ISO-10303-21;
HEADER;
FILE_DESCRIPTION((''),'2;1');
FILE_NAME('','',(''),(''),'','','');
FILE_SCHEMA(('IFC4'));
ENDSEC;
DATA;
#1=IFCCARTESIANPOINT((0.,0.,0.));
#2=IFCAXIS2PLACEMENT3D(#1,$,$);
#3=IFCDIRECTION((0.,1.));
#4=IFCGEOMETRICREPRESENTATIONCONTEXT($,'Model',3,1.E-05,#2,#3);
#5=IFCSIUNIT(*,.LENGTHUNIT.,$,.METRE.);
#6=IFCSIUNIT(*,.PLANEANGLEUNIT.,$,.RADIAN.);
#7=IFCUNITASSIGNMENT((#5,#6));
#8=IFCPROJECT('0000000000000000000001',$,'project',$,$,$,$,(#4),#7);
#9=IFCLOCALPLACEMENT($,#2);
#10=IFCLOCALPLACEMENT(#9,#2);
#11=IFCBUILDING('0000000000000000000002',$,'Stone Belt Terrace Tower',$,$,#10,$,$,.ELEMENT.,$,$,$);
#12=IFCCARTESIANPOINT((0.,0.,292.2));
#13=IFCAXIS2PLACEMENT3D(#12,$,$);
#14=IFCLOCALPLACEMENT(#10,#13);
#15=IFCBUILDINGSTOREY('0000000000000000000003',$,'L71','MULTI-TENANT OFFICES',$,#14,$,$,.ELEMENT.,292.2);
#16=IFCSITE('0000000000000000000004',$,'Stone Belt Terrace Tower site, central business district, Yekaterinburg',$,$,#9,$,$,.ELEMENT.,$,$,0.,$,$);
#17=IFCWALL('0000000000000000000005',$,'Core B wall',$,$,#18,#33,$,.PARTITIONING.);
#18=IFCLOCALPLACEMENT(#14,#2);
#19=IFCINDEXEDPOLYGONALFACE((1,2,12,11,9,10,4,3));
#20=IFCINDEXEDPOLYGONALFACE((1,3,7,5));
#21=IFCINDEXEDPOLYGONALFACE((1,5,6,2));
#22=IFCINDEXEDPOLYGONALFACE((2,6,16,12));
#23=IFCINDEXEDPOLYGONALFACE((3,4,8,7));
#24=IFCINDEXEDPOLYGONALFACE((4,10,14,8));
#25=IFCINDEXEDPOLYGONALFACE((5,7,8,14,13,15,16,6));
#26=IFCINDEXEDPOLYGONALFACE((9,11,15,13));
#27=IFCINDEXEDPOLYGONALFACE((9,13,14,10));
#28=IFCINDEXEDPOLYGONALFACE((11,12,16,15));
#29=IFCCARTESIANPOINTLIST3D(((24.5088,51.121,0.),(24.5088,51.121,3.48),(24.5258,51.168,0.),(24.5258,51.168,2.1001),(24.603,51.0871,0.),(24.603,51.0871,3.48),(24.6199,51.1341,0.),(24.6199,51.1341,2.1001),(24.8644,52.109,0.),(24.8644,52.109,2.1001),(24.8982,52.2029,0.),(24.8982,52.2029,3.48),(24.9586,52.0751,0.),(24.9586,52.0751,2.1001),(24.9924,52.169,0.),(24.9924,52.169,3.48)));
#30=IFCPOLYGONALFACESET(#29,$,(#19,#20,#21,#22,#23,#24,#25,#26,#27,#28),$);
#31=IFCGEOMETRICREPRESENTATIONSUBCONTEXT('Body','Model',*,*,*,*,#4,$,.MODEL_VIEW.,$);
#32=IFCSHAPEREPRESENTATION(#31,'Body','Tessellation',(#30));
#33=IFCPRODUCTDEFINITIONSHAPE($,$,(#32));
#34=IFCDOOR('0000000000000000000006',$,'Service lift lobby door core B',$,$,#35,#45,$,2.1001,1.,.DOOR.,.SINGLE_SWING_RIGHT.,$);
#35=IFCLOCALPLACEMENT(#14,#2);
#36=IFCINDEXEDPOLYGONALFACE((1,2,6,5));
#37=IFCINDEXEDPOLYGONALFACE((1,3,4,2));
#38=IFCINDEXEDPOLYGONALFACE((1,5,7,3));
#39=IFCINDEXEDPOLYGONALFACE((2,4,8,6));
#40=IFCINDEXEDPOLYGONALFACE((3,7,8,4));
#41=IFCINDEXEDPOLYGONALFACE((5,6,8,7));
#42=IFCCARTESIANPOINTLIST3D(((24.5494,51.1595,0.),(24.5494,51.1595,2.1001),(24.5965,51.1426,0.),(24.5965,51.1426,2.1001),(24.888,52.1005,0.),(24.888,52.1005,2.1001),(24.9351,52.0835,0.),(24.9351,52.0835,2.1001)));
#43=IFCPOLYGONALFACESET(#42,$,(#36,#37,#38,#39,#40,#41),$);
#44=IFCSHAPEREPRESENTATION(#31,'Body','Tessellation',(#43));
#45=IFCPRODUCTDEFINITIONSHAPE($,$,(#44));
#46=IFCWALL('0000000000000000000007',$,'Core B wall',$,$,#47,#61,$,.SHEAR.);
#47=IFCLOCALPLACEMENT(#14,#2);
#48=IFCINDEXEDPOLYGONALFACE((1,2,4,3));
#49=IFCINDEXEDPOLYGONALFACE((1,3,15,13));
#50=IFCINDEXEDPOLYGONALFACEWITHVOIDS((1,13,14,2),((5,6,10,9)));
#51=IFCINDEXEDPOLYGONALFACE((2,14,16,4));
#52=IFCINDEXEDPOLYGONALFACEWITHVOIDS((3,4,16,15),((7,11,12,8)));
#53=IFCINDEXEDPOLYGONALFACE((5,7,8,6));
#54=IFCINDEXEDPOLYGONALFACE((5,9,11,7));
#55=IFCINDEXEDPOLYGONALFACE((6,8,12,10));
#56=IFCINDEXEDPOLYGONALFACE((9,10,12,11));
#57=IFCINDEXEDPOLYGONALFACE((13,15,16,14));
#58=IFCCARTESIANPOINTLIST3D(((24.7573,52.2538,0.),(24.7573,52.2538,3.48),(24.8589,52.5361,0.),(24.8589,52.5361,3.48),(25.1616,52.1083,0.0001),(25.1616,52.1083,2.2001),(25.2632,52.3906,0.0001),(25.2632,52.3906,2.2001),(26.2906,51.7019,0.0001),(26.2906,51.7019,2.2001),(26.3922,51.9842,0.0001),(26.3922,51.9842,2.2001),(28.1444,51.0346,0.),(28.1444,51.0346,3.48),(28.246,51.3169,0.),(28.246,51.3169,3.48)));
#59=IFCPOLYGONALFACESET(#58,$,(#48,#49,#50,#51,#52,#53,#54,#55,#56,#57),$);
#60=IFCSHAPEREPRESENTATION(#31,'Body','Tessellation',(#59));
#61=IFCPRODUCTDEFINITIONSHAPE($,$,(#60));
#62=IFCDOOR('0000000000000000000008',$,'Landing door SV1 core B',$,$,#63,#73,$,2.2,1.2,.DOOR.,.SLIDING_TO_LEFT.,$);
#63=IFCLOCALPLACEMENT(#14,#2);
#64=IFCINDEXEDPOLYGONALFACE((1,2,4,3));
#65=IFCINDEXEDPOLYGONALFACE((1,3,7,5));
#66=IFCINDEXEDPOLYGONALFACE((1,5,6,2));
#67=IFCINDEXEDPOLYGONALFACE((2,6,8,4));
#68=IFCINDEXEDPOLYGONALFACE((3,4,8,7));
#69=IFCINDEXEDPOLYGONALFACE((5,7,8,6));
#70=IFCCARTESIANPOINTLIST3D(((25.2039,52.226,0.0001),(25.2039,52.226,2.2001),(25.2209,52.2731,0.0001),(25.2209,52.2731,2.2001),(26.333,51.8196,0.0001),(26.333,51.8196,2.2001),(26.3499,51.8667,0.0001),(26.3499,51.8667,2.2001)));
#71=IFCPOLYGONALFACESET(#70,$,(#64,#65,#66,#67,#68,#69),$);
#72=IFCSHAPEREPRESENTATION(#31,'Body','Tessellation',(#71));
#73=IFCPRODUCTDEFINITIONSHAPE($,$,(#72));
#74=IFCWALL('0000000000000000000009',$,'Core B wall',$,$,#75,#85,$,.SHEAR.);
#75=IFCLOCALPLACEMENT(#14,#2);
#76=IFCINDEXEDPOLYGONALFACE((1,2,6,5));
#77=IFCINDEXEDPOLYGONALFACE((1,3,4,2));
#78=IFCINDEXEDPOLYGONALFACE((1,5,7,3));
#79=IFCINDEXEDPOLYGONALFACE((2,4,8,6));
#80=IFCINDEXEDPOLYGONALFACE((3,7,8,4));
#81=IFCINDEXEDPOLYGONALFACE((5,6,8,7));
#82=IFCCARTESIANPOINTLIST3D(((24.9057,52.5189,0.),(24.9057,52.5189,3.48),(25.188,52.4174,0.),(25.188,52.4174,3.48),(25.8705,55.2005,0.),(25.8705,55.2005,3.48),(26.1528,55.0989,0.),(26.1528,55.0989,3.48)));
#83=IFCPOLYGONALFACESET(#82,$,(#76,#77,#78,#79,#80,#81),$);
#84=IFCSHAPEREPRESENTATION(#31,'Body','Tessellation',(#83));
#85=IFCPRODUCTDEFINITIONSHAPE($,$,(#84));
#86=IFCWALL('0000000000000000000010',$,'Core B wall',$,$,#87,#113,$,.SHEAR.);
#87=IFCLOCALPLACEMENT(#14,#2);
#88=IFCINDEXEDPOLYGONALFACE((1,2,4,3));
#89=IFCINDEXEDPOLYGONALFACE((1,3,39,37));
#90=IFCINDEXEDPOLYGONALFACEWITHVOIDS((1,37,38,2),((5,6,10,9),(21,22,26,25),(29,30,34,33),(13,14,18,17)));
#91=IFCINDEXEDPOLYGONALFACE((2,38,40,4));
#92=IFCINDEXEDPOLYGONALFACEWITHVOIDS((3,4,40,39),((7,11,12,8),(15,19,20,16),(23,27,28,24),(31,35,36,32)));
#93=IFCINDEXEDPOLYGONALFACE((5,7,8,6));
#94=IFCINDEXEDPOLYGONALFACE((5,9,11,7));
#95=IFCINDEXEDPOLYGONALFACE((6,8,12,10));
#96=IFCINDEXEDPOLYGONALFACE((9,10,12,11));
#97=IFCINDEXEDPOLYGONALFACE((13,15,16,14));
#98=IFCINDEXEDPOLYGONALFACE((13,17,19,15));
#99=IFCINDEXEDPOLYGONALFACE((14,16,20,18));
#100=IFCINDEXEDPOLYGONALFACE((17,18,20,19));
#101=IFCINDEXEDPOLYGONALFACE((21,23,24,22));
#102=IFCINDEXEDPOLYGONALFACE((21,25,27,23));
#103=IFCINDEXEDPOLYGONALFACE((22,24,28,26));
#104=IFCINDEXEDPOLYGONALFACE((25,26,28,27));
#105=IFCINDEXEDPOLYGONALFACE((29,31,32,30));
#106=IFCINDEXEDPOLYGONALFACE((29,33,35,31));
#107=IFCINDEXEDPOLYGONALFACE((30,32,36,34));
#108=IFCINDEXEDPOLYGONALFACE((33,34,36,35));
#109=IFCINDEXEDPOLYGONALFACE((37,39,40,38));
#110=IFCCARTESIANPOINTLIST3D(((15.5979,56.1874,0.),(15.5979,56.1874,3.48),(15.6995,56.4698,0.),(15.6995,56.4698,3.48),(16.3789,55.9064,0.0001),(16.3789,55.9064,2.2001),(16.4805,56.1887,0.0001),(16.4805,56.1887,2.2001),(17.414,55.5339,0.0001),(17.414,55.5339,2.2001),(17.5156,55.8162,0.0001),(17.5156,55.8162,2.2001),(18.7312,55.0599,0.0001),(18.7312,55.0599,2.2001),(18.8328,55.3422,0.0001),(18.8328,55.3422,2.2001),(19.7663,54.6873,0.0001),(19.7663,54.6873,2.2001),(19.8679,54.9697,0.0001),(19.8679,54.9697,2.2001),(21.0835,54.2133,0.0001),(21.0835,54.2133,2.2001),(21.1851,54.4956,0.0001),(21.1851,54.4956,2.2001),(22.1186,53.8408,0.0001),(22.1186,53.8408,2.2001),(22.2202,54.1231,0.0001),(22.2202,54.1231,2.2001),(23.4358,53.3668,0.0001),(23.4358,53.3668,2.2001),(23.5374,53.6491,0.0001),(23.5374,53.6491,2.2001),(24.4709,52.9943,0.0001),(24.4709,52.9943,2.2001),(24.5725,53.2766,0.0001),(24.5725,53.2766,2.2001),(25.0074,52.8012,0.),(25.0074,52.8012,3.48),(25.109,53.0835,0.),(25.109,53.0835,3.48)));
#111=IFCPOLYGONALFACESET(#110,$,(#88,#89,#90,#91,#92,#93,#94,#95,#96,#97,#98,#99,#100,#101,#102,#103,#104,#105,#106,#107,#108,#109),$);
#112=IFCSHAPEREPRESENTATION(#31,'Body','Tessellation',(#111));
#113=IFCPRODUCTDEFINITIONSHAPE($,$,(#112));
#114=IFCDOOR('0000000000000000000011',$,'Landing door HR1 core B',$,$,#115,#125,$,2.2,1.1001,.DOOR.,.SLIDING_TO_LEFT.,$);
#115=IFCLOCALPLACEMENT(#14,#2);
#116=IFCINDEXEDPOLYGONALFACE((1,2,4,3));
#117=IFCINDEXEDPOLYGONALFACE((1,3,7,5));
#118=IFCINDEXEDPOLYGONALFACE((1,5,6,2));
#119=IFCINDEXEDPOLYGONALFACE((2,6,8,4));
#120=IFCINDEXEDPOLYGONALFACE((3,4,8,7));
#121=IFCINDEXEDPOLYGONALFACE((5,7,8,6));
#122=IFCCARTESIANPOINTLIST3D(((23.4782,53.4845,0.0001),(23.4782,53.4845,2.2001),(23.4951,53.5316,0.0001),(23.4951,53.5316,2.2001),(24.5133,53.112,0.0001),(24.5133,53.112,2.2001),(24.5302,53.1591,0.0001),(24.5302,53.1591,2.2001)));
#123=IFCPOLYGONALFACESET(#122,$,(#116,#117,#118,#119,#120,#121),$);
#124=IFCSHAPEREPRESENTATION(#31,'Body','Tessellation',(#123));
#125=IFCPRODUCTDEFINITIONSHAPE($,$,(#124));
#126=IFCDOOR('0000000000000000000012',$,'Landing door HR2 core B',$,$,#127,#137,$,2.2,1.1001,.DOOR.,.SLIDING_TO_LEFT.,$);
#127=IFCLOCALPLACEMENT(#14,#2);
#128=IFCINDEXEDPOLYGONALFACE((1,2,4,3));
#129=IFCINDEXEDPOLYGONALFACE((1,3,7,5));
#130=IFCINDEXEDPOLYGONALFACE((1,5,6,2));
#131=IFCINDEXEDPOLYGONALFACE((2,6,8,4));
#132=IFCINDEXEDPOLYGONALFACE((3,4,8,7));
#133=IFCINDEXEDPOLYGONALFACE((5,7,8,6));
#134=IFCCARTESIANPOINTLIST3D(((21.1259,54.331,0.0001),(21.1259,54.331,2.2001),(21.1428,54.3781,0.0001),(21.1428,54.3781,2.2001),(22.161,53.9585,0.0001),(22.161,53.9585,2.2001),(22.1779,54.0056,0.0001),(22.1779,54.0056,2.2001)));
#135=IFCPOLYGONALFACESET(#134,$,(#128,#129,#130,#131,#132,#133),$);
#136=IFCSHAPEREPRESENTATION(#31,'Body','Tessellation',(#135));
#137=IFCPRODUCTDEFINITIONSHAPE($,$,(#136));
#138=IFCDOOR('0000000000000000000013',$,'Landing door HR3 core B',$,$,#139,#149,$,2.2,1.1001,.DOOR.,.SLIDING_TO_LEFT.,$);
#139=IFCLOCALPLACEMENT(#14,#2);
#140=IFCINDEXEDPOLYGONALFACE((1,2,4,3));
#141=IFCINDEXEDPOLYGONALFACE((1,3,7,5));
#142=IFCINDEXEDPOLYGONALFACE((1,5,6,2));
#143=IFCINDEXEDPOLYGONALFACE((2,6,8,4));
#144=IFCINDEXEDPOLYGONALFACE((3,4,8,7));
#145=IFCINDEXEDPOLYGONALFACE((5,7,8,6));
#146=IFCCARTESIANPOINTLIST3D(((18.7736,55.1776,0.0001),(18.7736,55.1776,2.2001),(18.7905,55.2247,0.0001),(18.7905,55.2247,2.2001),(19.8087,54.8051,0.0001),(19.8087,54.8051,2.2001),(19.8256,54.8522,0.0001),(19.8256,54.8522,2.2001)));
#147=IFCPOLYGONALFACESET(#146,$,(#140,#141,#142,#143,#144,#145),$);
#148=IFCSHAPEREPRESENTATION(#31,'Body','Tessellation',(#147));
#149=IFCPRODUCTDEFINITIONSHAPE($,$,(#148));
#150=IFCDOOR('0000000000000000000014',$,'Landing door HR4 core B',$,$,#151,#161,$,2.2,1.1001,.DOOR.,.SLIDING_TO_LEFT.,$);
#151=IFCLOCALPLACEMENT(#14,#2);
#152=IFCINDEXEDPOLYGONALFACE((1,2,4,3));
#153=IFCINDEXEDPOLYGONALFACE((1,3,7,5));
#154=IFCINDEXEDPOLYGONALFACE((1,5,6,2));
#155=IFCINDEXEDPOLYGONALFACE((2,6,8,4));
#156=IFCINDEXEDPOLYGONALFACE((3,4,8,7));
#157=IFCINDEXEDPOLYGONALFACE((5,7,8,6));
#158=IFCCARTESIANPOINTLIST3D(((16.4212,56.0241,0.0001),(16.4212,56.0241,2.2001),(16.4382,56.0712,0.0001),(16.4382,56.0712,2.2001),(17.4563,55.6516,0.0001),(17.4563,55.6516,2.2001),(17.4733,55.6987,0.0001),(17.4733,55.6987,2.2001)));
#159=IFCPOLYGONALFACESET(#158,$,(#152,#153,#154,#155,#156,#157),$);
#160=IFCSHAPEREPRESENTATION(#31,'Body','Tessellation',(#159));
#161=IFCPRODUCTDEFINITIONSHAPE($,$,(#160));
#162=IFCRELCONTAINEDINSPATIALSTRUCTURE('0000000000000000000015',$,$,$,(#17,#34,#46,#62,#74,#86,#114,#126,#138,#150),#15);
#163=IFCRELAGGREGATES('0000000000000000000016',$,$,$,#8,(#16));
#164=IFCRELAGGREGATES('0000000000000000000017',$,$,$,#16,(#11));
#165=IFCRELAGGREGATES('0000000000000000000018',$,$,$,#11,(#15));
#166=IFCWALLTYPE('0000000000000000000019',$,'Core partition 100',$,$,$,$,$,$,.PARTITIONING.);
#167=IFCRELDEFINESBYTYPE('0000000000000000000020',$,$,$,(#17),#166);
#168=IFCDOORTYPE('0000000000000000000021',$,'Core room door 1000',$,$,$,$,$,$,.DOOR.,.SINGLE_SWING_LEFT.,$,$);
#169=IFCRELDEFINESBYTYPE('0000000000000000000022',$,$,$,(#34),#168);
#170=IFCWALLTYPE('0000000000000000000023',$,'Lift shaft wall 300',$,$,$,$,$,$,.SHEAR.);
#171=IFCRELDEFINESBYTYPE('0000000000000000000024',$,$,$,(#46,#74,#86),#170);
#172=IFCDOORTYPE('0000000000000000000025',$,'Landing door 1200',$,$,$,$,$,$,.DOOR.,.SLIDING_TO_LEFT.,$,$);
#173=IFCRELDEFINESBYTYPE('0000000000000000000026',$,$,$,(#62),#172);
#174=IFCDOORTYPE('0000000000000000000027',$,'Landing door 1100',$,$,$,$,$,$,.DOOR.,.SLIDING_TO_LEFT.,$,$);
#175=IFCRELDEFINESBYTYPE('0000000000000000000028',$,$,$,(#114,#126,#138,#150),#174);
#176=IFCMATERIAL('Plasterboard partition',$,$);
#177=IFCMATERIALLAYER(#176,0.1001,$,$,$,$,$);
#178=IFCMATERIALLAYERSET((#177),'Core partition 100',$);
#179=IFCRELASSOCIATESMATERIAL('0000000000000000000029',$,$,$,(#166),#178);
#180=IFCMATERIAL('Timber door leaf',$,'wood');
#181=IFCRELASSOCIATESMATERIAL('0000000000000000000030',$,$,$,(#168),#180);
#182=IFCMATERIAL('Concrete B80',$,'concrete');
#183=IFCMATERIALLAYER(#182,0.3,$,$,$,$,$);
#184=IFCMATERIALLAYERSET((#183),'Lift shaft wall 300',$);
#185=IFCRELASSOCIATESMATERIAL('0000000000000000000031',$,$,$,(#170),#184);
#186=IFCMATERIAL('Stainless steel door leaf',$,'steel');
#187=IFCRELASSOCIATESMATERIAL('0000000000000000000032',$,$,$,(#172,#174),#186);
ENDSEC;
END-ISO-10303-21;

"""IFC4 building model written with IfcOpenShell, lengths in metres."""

from ifc_helpers import new_model, si_unit, direction, frame, frame_2d, origin, place, context, subcontext, project, spatial, rectangle, extrude, material, layer, layer_set, type_object, element, fill, save


model = new_model("IFC4")

# Units and contexts
model_context = context("Model", 3, precision=1e-05, world=origin(), true_north=direction((0.0, 1.0)))
body_context = subcontext(model_context, "Body", "Model", "MODEL_VIEW")
ifc_project = project(units=[si_unit("LENGTHUNIT", "METRE"), si_unit("PLANEANGLEUNIT", "RADIAN")], contexts=[model_context])

# Site, building, storey
site_placement = place(None, origin())
site = spatial("IfcSite", under=ifc_project, at=site_placement, Name="Stone Belt Terrace Tower site, central business district, Yekaterinburg", CompositionType="ELEMENT", RefElevation=0.0)
building_placement = place(site_placement, origin())
building = spatial("IfcBuilding", under=site, at=building_placement, Name="Stone Belt Terrace Tower", CompositionType="ELEMENT")
storey_placement = place(building_placement, frame((0.0, 0.0, 292.2)))
storey = spatial("IfcBuildingStorey", under=building, at=storey_placement, Name="L71", Description="MULTI-TENANT OFFICES", CompositionType="ELEMENT", Elevation=292.2)

# Walls, openings, doors
ifc_material_1 = material(Name="Plasterboard partition")
ifc_layer_1 = layer(ifc_material_1, 0.1001)
ifc_layer_set_1 = layer_set([ifc_layer_1], Name="Core partition 100")
wall_type_1 = type_object("IfcWallType", Name="Core partition 100", PredefinedType="PARTITIONING", material=ifc_layer_set_1)
wall_1_placement = place(storey_placement, frame((24.5559, 51.104, 0.0), z_axis=(0.0, 0.0, 1.0), x_axis=(0.338622, 0.940923, 0.0)))
wall_1 = element("IfcWall", 1, at=wall_1_placement, inside=storey, type_object=wall_type_1, Name="Core B wall", PredefinedType="PARTITIONING", context=body_context, shape_type="SweptSolid", body=[
    extrude(rectangle(XDim=1.1499, YDim=0.1001, at=frame_2d((0.575, 0.0))), origin(), (0.0, 0.0, 1.0), 3.48),
])
opening_1_placement = place(wall_1_placement, frame((0.05, 0.0, 0.0)))
opening_1 = element("IfcOpeningElement", 2, at=opening_1_placement, cuts=wall_1, PredefinedType="OPENING", context=body_context, shape_type="SweptSolid", body=[
    extrude(rectangle(XDim=1.0, YDim=2.1001, at=frame_2d((0.5, 1.05))), frame((0.0, 0.0601, 0.0), z_axis=(0.0, -1.0, 0.0), x_axis=(1.0, 0.0, 0.0)), (0.0, 0.0, 1.0), 0.1201),
])
ifc_material_2 = material(Name="Timber door leaf", Category="wood")
door_type_1 = type_object("IfcDoorType", Name="Core room door 1000", OperationType="SINGLE_SWING_LEFT", PredefinedType="DOOR", material=ifc_material_2)
door_1_placement = place(opening_1_placement, origin())
door_1 = element("IfcDoor", 3, at=door_1_placement, inside=storey, type_object=door_type_1, Name="Service lift lobby door core B", OperationType="SINGLE_SWING_RIGHT", OverallHeight=2.1001, OverallWidth=1.0, PredefinedType="DOOR", context=body_context, shape_type="SweptSolid", body=[
    extrude(rectangle(XDim=1.0, YDim=2.1001, at=frame_2d((0.5, 1.05))), frame((0.0, 0.0249, 0.0), z_axis=(0.0, -1.0, 0.0), x_axis=(1.0, 0.0, 0.0)), (0.0, 0.0, 1.0), 0.05),
])
fill(opening_1, door_1)
ifc_material_3 = material(Name="Concrete B80", Category="concrete")
ifc_layer_2 = layer(ifc_material_3, 0.3)
ifc_layer_set_2 = layer_set([ifc_layer_2], Name="Lift shaft wall 300")
wall_type_2 = type_object("IfcWallType", Name="Lift shaft wall 300", PredefinedType="SHEAR", material=ifc_layer_set_2)
wall_2_placement = place(storey_placement, frame((28.1951, 51.1758, 0.0), z_axis=(0.0, 0.0, 1.0), x_axis=(-0.940901, 0.338681, 0.0)))
wall_2 = element("IfcWall", 4, at=wall_2_placement, inside=storey, type_object=wall_type_2, Name="Core B wall", PredefinedType="SHEAR", context=body_context, shape_type="SweptSolid", body=[
    extrude(rectangle(XDim=3.5999, YDim=0.3, at=frame_2d((1.7998, 0.0))), origin(), (0.0, 0.0, 1.0), 3.48),
])
opening_2_placement = place(wall_2_placement, frame((1.97, 0.0, 0.0)))
opening_2 = element("IfcOpeningElement", 5, at=opening_2_placement, cuts=wall_2, PredefinedType="OPENING", context=body_context, shape_type="SweptSolid", body=[
    extrude(rectangle(XDim=1.2, YDim=2.2, at=frame_2d((0.6001, 1.1001))), frame((0.0, 0.1599, 0.0), z_axis=(0.0, -1.0, 0.0), x_axis=(1.0, 0.0, 0.0)), (0.0, 0.0, 1.0), 0.3201),
])
ifc_material_4 = material(Name="Stainless steel door leaf", Category="steel")
door_type_2 = type_object("IfcDoorType", Name="Landing door 1200", OperationType="SLIDING_TO_LEFT", PredefinedType="DOOR", material=ifc_material_4)
door_2_placement = place(opening_2_placement, origin())
door_2 = element("IfcDoor", 6, at=door_2_placement, inside=storey, type_object=door_type_2, Name="Landing door SV1 core B", OperationType="SLIDING_TO_LEFT", OverallHeight=2.2, OverallWidth=1.2, PredefinedType="DOOR", context=body_context, shape_type="SweptSolid", body=[
    extrude(rectangle(XDim=1.2, YDim=2.2, at=frame_2d((0.6001, 1.1001))), frame((0.0, 0.0249, 0.0), z_axis=(0.0, -1.0, 0.0), x_axis=(1.0, 0.0, 0.0)), (0.0, 0.0, 1.0), 0.05),
])
fill(opening_2, door_2)

# Wall
wall_3_placement = place(storey_placement, frame((25.0469, 52.4683, 0.0), z_axis=(0.0, 0.0, 1.0), x_axis=(0.33855, 0.940949, 0.0)))
element("IfcWall", 7, at=wall_3_placement, inside=storey, type_object=wall_type_2, Name="Core B wall", PredefinedType="SHEAR", context=body_context, shape_type="SweptSolid", body=[
    extrude(rectangle(XDim=2.8499, YDim=0.3, at=frame_2d((1.4248, 0.0))), origin(), (0.0, 0.0, 1.0), 3.48),
])

# Wall, openings, doors
wall_4_placement = place(storey_placement, frame((25.0581, 52.9424, 0.0), z_axis=(0.0, 0.0, 1.0), x_axis=(-0.940924, 0.338617, 0.0)))
wall_4 = element("IfcWall", 8, at=wall_4_placement, inside=storey, type_object=wall_type_2, Name="Core B wall", PredefinedType="SHEAR", context=body_context, shape_type="SweptSolid", body=[
    extrude(rectangle(XDim=10.0002, YDim=0.3, at=frame_2d((5.0, 0.0))), origin(), (0.0, 0.0, 1.0), 3.48),
])
opening_3_placement = place(wall_4_placement, frame((0.5701, 0.0, 0.0)))
opening_3 = element("IfcOpeningElement", 9, at=opening_3_placement, cuts=wall_4, PredefinedType="OPENING", context=body_context, shape_type="SweptSolid", body=[
    extrude(rectangle(XDim=1.1001, YDim=2.2, at=frame_2d((0.55, 1.1001))), frame((0.0, 0.1599, 0.0), z_axis=(0.0, -1.0, 0.0), x_axis=(1.0, 0.0, 0.0)), (0.0, 0.0, 1.0), 0.3201),
])
opening_4_placement = place(wall_4_placement, frame((3.0701, 0.0, 0.0)))
opening_4 = element("IfcOpeningElement", 10, at=opening_4_placement, cuts=wall_4, PredefinedType="OPENING", context=body_context, shape_type="SweptSolid", body=[
    extrude(rectangle(XDim=1.1001, YDim=2.2, at=frame_2d((0.55, 1.1001))), frame((0.0, 0.1599, 0.0), z_axis=(0.0, -1.0, 0.0), x_axis=(1.0, 0.0, 0.0)), (0.0, 0.0, 1.0), 0.3201),
])
opening_5_placement = place(wall_4_placement, frame((5.5701, 0.0, 0.0)))
opening_5 = element("IfcOpeningElement", 11, at=opening_5_placement, cuts=wall_4, PredefinedType="OPENING", context=body_context, shape_type="SweptSolid", body=[
    extrude(rectangle(XDim=1.1001, YDim=2.2, at=frame_2d((0.55, 1.1001))), frame((0.0, 0.1599, 0.0), z_axis=(0.0, -1.0, 0.0), x_axis=(1.0, 0.0, 0.0)), (0.0, 0.0, 1.0), 0.3201),
])
opening_6_placement = place(wall_4_placement, frame((8.0701, 0.0, 0.0)))
opening_6 = element("IfcOpeningElement", 12, at=opening_6_placement, cuts=wall_4, PredefinedType="OPENING", context=body_context, shape_type="SweptSolid", body=[
    extrude(rectangle(XDim=1.1001, YDim=2.2, at=frame_2d((0.55, 1.1001))), frame((0.0, 0.1599, 0.0), z_axis=(0.0, -1.0, 0.0), x_axis=(1.0, 0.0, 0.0)), (0.0, 0.0, 1.0), 0.3201),
])
door_type_3 = type_object("IfcDoorType", Name="Landing door 1100", OperationType="SLIDING_TO_LEFT", PredefinedType="DOOR", material=ifc_material_4)
door_3_placement = place(opening_3_placement, origin())
door_3 = element("IfcDoor", 13, at=door_3_placement, inside=storey, type_object=door_type_3, Name="Landing door HR1 core B", OperationType="SLIDING_TO_LEFT", OverallHeight=2.2, OverallWidth=1.1001, PredefinedType="DOOR", context=body_context, shape_type="SweptSolid", body=[
    extrude(rectangle(XDim=1.1001, YDim=2.2, at=frame_2d((0.55, 1.1001))), frame((0.0, 0.0249, 0.0), z_axis=(0.0, -1.0, 0.0), x_axis=(1.0, 0.0, 0.0)), (0.0, 0.0, 1.0), 0.05),
])
fill(opening_3, door_3)
door_4_placement = place(opening_4_placement, origin())
door_4 = element("IfcDoor", 14, at=door_4_placement, inside=storey, type_object=door_type_3, Name="Landing door HR2 core B", OperationType="SLIDING_TO_LEFT", OverallHeight=2.2, OverallWidth=1.1001, PredefinedType="DOOR", context=body_context, shape_type="SweptSolid", body=[
    extrude(rectangle(XDim=1.1001, YDim=2.2, at=frame_2d((0.55, 1.1001))), frame((0.0, 0.0249, 0.0), z_axis=(0.0, -1.0, 0.0), x_axis=(1.0, 0.0, 0.0)), (0.0, 0.0, 1.0), 0.05),
])
fill(opening_4, door_4)
door_5_placement = place(opening_5_placement, origin())
door_5 = element("IfcDoor", 15, at=door_5_placement, inside=storey, type_object=door_type_3, Name="Landing door HR3 core B", OperationType="SLIDING_TO_LEFT", OverallHeight=2.2, OverallWidth=1.1001, PredefinedType="DOOR", context=body_context, shape_type="SweptSolid", body=[
    extrude(rectangle(XDim=1.1001, YDim=2.2, at=frame_2d((0.55, 1.1001))), frame((0.0, 0.0249, 0.0), z_axis=(0.0, -1.0, 0.0), x_axis=(1.0, 0.0, 0.0)), (0.0, 0.0, 1.0), 0.05),
])
fill(opening_5, door_5)
door_6_placement = place(opening_6_placement, origin())
door_6 = element("IfcDoor", 16, at=door_6_placement, inside=storey, type_object=door_type_3, Name="Landing door HR4 core B", OperationType="SLIDING_TO_LEFT", OverallHeight=2.2, OverallWidth=1.1001, PredefinedType="DOOR", context=body_context, shape_type="SweptSolid", body=[
    extrude(rectangle(XDim=1.1001, YDim=2.2, at=frame_2d((0.55, 1.1001))), frame((0.0, 0.0249, 0.0), z_axis=(0.0, -1.0, 0.0), x_axis=(1.0, 0.0, 0.0)), (0.0, 0.0, 1.0), 0.05),
])
fill(opening_6, door_6)

save(model, "model.ifc")
